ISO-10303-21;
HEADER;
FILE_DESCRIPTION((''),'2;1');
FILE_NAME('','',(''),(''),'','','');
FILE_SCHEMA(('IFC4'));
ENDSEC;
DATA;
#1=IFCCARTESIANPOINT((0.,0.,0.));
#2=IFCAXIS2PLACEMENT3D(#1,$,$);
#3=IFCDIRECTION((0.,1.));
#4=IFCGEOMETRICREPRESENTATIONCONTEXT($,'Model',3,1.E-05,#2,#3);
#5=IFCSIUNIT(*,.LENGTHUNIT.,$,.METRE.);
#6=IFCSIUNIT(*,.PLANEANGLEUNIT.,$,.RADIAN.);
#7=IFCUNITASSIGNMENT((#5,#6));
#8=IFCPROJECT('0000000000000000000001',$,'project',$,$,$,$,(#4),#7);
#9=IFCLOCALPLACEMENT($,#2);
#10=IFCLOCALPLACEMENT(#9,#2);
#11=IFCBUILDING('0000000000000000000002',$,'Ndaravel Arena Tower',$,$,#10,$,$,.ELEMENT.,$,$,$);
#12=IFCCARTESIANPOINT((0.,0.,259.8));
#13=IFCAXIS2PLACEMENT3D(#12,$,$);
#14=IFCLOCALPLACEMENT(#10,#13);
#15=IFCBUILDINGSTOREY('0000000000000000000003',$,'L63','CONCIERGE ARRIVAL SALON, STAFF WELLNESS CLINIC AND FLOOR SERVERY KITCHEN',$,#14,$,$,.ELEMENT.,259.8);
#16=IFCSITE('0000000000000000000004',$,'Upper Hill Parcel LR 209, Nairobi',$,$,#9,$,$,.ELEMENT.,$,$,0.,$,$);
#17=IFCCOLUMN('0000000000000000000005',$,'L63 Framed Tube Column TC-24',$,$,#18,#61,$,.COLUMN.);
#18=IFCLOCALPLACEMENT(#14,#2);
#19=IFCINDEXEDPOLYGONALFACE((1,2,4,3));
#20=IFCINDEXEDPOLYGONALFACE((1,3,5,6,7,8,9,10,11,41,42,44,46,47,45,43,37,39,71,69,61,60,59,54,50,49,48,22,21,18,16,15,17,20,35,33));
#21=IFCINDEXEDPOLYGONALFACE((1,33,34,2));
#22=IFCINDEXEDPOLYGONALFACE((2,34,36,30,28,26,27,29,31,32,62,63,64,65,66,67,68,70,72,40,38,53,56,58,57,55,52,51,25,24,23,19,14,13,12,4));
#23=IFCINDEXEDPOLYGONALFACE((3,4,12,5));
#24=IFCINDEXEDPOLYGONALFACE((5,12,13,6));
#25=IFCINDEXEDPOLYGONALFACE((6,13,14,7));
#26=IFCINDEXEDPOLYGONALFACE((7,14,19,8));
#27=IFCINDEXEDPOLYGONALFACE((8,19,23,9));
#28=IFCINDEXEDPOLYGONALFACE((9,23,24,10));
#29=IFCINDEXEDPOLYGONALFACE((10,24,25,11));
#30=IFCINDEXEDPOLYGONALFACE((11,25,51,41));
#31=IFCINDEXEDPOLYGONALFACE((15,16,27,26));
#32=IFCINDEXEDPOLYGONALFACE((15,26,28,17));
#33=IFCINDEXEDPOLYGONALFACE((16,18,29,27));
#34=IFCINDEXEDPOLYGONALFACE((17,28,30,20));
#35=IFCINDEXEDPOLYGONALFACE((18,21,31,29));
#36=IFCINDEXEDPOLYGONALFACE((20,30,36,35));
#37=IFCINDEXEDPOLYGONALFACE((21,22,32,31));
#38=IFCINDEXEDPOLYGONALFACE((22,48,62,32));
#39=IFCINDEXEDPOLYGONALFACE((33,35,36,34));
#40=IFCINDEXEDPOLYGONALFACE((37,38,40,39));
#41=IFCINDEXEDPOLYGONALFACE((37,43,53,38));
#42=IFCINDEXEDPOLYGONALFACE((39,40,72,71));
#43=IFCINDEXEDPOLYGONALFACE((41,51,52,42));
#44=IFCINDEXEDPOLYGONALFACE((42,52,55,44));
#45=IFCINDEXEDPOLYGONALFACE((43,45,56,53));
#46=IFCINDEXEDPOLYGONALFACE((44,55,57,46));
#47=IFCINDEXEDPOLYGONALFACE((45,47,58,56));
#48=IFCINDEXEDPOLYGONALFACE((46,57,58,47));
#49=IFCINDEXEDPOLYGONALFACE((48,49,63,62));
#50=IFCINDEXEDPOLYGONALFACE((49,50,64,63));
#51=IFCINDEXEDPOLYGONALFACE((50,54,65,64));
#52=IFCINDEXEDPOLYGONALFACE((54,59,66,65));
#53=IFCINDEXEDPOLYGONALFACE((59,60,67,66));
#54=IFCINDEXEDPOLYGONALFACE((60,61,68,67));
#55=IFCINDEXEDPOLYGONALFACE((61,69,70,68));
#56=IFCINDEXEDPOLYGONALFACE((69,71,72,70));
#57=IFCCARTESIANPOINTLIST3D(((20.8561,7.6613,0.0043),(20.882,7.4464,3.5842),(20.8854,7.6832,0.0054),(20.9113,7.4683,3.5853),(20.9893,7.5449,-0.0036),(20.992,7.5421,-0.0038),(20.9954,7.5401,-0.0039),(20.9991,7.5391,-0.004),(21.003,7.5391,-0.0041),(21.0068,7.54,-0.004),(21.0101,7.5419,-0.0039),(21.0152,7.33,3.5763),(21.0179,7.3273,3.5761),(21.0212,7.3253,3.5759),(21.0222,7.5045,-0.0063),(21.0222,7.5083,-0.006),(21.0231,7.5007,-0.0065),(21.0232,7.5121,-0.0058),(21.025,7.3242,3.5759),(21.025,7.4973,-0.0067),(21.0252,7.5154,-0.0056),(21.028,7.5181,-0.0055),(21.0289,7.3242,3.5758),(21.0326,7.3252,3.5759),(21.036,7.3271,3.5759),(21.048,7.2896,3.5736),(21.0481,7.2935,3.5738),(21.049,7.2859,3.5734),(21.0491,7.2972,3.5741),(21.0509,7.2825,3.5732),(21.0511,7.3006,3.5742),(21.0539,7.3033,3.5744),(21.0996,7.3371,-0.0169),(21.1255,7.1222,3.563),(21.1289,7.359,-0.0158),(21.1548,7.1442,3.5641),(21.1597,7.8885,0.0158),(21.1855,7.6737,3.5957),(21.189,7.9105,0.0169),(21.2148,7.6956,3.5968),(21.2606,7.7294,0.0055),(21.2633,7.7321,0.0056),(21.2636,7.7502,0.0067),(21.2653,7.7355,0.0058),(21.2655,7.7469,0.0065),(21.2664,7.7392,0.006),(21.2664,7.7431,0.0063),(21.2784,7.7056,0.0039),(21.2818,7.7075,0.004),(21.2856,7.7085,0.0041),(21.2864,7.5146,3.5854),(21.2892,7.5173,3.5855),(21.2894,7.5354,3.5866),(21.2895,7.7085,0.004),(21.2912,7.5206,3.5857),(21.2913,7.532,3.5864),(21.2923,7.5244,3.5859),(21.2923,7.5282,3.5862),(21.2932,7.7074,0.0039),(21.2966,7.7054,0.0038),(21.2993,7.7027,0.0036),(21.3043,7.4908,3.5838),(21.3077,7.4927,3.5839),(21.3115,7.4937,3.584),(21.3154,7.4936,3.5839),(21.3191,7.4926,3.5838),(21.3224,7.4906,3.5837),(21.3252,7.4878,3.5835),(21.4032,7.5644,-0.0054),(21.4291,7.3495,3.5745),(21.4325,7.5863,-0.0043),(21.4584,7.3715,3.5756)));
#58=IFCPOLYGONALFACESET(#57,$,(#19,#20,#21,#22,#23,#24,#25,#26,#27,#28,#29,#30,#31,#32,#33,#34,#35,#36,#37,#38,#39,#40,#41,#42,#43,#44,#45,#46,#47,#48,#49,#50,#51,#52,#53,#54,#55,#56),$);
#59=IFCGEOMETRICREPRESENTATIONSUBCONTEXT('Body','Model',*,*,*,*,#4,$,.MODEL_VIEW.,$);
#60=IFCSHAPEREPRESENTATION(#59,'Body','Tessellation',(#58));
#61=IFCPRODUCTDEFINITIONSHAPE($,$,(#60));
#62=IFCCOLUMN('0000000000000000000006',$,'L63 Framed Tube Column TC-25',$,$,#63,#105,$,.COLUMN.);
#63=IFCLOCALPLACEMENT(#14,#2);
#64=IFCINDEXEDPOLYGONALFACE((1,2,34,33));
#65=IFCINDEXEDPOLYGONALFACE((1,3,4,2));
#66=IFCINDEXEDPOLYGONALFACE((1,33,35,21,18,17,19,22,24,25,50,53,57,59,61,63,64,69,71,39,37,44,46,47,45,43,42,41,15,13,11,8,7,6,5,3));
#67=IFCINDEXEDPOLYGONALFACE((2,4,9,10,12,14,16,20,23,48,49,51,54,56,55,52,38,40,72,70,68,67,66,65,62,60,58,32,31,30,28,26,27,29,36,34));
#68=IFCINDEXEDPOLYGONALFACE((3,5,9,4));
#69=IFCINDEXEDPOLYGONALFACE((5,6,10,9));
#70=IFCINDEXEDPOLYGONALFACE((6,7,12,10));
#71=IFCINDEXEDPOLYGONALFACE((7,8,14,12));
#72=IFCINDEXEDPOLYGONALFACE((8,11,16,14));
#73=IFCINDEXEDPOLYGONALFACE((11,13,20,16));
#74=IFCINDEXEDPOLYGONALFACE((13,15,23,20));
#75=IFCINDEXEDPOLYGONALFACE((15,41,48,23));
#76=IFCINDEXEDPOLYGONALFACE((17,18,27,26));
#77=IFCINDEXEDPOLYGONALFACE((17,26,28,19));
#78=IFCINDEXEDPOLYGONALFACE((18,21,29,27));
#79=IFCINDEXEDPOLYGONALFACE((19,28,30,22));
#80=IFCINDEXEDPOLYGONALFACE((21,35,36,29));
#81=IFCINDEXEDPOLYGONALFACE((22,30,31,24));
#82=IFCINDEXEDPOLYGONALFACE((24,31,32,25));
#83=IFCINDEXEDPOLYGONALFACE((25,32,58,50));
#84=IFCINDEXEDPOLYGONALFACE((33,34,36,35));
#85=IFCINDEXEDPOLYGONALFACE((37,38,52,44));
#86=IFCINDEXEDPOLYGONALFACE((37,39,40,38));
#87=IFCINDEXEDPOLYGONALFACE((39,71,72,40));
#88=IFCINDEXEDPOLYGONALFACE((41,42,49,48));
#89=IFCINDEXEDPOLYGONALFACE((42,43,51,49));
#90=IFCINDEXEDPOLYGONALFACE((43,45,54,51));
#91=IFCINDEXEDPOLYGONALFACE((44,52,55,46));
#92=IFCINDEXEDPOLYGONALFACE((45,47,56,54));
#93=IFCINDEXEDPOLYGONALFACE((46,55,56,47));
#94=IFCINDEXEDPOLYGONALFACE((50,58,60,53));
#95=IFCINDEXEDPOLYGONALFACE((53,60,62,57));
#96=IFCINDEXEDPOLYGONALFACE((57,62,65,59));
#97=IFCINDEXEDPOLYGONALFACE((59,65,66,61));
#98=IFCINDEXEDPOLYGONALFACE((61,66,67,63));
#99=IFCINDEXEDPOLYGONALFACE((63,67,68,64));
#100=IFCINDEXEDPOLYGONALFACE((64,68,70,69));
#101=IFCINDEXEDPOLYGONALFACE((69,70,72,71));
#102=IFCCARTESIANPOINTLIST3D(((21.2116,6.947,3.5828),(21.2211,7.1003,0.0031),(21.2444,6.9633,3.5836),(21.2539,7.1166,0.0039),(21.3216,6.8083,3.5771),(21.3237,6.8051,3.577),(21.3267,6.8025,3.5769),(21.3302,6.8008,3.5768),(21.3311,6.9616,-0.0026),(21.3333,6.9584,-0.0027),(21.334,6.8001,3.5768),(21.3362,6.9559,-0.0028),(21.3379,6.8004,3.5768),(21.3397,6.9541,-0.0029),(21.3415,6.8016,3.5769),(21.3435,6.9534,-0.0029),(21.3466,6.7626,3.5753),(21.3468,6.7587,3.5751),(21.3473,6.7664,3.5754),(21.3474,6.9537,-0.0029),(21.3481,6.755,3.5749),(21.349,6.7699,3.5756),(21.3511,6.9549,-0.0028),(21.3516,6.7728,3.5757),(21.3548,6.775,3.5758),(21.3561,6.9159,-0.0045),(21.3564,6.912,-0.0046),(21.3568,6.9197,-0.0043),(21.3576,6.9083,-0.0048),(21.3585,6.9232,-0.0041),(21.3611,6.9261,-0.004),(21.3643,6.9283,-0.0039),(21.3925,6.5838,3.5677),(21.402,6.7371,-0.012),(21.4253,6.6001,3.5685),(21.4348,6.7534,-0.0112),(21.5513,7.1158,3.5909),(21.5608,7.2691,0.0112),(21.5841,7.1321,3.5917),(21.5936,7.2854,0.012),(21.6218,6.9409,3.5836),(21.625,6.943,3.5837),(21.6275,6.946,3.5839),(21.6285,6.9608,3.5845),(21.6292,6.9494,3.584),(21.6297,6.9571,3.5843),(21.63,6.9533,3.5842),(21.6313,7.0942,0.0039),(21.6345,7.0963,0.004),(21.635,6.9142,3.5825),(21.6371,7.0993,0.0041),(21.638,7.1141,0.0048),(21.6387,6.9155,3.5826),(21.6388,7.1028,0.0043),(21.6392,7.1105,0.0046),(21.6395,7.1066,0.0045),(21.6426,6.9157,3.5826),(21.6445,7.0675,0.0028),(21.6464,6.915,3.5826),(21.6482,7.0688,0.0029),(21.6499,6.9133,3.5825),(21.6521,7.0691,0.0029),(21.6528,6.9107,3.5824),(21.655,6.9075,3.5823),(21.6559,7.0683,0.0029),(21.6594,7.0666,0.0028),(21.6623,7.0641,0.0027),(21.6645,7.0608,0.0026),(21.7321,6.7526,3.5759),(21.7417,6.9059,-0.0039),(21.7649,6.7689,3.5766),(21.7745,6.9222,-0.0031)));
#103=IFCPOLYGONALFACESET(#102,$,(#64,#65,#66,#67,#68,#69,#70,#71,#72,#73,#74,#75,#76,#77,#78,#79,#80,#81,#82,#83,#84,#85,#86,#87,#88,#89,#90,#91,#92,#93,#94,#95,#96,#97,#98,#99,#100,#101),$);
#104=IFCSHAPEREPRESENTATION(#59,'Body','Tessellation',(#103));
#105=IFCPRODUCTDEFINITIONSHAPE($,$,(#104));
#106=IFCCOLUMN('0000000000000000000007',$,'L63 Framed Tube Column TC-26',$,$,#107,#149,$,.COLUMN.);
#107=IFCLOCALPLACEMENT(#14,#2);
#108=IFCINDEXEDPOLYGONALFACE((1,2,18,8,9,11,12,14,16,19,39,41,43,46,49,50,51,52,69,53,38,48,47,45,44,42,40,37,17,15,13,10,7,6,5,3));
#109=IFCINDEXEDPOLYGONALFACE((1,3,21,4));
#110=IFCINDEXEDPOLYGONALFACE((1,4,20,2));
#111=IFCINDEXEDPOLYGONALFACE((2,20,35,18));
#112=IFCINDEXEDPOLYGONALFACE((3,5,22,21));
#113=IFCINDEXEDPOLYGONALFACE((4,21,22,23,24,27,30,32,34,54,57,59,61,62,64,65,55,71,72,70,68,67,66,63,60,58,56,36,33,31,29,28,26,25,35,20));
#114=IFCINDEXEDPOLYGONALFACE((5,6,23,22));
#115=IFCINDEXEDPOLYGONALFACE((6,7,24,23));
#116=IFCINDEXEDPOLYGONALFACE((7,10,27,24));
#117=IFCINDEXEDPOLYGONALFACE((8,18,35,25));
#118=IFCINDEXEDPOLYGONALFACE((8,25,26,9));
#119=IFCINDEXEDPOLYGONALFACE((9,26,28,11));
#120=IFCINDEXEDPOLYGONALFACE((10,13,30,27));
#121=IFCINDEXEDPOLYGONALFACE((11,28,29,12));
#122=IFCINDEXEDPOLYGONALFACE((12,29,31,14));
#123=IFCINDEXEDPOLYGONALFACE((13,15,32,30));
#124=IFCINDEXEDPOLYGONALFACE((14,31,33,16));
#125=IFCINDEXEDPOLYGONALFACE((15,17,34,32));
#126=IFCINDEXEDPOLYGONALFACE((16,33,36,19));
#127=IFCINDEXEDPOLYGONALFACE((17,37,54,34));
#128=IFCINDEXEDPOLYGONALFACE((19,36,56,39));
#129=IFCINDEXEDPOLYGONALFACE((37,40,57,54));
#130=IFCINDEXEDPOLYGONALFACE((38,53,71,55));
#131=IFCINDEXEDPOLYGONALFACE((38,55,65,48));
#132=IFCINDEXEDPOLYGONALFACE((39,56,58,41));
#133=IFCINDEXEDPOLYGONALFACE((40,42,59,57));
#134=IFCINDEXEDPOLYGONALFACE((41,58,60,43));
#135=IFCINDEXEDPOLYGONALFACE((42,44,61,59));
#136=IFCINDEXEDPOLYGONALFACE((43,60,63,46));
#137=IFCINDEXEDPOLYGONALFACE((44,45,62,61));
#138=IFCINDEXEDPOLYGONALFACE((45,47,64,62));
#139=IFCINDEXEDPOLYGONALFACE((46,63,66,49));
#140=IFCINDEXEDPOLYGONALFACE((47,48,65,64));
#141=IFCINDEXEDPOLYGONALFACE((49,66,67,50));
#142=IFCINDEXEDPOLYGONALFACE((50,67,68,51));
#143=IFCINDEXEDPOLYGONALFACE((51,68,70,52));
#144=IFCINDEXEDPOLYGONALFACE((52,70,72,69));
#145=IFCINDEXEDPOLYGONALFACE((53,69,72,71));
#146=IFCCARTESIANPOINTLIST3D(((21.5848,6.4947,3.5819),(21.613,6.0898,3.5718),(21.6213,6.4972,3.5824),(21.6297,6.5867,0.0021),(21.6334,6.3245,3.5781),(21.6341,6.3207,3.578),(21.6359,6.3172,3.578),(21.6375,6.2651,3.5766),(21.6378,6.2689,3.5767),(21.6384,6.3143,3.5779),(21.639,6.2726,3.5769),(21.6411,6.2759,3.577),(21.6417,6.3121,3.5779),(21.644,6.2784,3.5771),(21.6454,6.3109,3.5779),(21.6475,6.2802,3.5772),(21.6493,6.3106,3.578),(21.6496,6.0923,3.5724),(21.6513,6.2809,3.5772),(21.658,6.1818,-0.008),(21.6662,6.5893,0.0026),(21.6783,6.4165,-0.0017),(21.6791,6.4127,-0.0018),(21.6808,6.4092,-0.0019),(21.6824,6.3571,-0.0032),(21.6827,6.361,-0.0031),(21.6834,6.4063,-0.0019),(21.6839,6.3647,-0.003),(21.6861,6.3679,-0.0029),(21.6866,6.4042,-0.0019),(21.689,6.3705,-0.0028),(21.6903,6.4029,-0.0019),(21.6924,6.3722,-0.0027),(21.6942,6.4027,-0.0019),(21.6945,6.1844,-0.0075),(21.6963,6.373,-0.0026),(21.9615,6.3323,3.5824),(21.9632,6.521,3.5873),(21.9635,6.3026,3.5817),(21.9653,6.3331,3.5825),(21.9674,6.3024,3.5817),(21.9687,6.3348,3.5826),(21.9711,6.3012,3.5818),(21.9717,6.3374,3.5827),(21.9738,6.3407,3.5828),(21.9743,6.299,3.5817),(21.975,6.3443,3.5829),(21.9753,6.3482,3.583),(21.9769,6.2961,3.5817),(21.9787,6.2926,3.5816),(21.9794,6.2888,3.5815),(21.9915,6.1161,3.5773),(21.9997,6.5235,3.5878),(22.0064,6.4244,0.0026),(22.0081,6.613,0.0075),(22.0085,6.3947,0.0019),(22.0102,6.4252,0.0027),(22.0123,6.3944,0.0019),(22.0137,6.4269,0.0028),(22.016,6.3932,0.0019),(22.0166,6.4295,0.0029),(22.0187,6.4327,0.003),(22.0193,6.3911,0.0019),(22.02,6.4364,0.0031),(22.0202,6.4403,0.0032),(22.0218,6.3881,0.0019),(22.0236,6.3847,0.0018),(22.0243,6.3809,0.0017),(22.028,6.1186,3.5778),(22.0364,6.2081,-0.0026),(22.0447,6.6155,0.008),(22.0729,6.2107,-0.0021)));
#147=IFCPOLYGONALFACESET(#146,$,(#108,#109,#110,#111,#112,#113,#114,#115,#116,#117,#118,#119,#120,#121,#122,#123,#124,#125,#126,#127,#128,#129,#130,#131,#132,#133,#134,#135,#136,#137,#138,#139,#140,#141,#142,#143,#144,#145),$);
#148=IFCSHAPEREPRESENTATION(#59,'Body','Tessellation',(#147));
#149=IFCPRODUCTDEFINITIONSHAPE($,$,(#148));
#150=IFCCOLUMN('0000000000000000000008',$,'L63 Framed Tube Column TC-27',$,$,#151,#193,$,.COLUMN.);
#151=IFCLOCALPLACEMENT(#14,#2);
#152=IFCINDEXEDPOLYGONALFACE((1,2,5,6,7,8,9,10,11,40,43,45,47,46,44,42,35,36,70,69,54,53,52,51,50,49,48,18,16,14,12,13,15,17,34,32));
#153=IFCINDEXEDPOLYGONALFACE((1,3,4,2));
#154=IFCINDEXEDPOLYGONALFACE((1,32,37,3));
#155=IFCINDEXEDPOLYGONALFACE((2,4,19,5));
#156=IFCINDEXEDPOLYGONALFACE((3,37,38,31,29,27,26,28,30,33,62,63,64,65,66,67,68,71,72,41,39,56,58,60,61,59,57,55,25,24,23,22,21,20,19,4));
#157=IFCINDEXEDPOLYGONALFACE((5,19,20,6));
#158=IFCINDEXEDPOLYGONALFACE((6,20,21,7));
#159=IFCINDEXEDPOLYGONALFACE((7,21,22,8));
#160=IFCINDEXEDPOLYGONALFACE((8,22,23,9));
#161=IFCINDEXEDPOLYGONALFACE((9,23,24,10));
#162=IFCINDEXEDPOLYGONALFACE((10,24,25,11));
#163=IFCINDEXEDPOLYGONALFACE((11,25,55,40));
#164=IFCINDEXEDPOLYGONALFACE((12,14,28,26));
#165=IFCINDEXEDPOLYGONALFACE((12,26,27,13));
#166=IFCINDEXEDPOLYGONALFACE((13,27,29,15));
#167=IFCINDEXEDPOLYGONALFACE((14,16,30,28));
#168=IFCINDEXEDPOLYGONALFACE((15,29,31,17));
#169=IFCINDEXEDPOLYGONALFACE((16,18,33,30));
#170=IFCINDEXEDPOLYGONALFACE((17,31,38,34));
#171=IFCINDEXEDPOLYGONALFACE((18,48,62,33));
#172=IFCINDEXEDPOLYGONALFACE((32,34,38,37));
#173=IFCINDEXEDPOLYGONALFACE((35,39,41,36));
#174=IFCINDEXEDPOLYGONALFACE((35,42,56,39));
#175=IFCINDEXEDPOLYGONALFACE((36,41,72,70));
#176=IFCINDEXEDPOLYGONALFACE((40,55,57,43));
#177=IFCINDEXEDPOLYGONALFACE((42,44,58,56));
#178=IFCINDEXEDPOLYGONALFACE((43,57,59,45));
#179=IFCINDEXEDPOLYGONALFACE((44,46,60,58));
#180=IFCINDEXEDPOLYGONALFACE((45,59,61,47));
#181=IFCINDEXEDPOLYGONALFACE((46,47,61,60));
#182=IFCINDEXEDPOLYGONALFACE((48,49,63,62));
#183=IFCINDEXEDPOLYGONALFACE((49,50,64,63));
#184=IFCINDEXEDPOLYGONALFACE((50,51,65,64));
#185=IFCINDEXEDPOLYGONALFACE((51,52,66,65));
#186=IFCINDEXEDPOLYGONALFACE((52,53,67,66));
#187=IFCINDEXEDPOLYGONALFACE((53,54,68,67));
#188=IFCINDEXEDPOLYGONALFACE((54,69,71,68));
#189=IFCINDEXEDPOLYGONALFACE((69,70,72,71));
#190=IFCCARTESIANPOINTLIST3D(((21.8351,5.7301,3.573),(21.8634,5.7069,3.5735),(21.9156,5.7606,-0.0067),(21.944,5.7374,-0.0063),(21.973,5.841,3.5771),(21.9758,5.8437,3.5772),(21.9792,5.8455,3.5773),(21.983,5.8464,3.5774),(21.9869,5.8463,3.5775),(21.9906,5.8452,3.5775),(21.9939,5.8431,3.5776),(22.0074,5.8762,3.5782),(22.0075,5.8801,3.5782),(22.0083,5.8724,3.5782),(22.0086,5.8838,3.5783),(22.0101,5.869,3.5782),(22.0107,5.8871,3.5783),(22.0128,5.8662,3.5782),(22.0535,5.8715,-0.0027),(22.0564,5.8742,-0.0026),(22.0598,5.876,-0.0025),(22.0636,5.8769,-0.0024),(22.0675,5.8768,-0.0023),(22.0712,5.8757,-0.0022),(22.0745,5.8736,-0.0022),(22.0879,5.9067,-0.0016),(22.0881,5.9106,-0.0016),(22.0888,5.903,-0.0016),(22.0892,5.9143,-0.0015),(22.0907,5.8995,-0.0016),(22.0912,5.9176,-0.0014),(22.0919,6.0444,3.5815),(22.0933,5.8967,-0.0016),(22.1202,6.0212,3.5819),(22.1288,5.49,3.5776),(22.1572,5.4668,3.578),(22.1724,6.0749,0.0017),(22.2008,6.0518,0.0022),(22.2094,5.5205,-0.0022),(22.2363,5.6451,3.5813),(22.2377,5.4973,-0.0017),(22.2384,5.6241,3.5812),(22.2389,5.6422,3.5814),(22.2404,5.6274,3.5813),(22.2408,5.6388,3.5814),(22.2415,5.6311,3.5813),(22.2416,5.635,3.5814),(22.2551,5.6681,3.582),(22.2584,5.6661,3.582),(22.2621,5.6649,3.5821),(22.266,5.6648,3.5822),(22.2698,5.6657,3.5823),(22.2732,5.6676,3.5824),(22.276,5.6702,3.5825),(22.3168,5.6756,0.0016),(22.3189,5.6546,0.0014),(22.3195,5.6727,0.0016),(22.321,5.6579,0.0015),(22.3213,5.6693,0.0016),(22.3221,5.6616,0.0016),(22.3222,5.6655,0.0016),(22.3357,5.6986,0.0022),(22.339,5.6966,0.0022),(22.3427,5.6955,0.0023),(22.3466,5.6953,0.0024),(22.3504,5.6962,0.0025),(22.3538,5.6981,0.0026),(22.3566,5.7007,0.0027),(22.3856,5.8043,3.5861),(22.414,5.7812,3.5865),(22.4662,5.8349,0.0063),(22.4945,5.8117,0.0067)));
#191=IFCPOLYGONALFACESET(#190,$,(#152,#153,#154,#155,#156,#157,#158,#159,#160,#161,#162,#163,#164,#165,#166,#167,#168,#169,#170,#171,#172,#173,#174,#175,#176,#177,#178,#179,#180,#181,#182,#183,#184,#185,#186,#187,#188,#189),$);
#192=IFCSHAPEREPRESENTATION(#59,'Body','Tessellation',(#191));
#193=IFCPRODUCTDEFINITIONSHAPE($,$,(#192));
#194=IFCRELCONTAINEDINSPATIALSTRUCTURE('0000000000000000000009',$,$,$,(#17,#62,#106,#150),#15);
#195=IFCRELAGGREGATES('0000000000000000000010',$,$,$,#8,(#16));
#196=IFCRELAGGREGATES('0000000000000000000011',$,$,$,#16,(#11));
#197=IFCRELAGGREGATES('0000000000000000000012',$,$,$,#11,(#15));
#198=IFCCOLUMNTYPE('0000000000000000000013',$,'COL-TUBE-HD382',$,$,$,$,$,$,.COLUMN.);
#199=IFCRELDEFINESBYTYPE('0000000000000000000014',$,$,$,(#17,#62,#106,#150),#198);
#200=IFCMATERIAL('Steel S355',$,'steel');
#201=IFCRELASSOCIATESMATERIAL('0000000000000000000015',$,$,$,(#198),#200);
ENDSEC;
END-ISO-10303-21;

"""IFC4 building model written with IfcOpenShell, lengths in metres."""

from ifc_helpers import new_model, si_unit, direction, frame, origin, origin_2d, place, context, subcontext, project, spatial, i_section, extrude, material, material_profile, profile_set, type_object, element, save


model = new_model("IFC4")

# Units and contexts
model_context = context("Model", 3, precision=1e-05, world=origin(), true_north=direction((0.0, 1.0)))
body_context = subcontext(model_context, "Body", "Model", "MODEL_VIEW")
ifc_project = project(units=[si_unit("LENGTHUNIT", "METRE"), si_unit("PLANEANGLEUNIT", "RADIAN")], contexts=[model_context])

# Site, building, storey
site_placement = place(None, origin())
site = spatial("IfcSite", under=ifc_project, at=site_placement, Name="Upper Hill Parcel LR 209, Nairobi", CompositionType="ELEMENT", RefElevation=0.0)
building_placement = place(site_placement, origin())
building = spatial("IfcBuilding", under=site, at=building_placement, Name="Ndaravel Arena Tower", CompositionType="ELEMENT")
storey_placement = place(building_placement, frame((0.0, 0.0, 259.8)))
storey = spatial("IfcBuildingStorey", under=building, at=storey_placement, Name="L63", Description="CONCIERGE ARRIVAL SALON, STAFF WELLNESS CLINIC AND FLOOR SERVERY KITCHEN", CompositionType="ELEMENT", Elevation=259.8)

# Columns
ifc_material_1 = material(Name="Steel S355", Category="steel")
ifc_material_profile_1 = material_profile(ifc_material_1, i_section(OverallWidth=0.406, OverallDepth=0.416, WebThickness=0.0298, FlangeThickness=0.0366, FilletRadius=0.0149, at=origin_2d()), Name="HD 400x382")
ifc_profile_set_1 = profile_set([ifc_material_profile_1], Name="Steel S355")
column_type = type_object("IfcColumnType", Name="COL-TUBE-HD382", PredefinedType="COLUMN", material=ifc_profile_set_1)
column_1_placement = place(storey_placement, frame((21.1443, 7.6238, 0.0), z_axis=(0.007216, -0.059906, 0.998178), x_axis=(-0.599791, 0.798449, 0.052255)))
element("IfcColumn", 1, at=column_1_placement, inside=storey, type_object=column_type, Name="L63 Framed Tube Column TC-24", PredefinedType="COLUMN", context=body_context, shape_type="SweptSolid", body=[
    extrude(i_section(OverallWidth=0.406, OverallDepth=0.416, WebThickness=0.0298, FlangeThickness=0.0366, FilletRadius=0.0149, at=origin_2d()), origin(), (0.0, 0.0, 1.0), 3.5864),
])
column_2_placement = place(storey_placement, frame((21.4978, 7.0112, 0.0), z_axis=(-0.002657, -0.04279, 0.999081), x_axis=(-0.44541, 0.894557, 0.037128)))
element("IfcColumn", 2, at=column_2_placement, inside=storey, type_object=column_type, Name="L63 Framed Tube Column TC-25", PredefinedType="COLUMN", context=body_context, shape_type="SweptSolid", body=[
    extrude(i_section(OverallWidth=0.406, OverallDepth=0.416, WebThickness=0.0298, FlangeThickness=0.0366, FilletRadius=0.0149, at=origin_2d()), origin(), (0.0, 0.0, 1.0), 3.583),
])
column_3_placement = place(storey_placement, frame((21.8513, 6.3987, 0.0), z_axis=(-0.012543, -0.0257, 0.999591), x_axis=(-0.069645, 0.997264, 0.024767)))
element("IfcColumn", 3, at=column_3_placement, inside=storey, type_object=column_type, Name="L63 Framed Tube Column TC-26", PredefinedType="COLUMN", context=body_context, shape_type="SweptSolid", body=[
    extrude(i_section(OverallWidth=0.406, OverallDepth=0.416, WebThickness=0.0298, FlangeThickness=0.0366, FilletRadius=0.0149, at=origin_2d()), origin(), (0.0, 0.0, 1.0), 3.5813),
])
column_4_placement = place(storey_placement, frame((22.2051, 5.7861, 0.0), z_axis=(-0.022499, -0.008522, 0.999711), x_axis=(0.632524, 0.774261, 0.020836)))
element("IfcColumn", 4, at=column_4_placement, inside=storey, type_object=column_type, Name="L63 Framed Tube Column TC-27", PredefinedType="COLUMN", context=body_context, shape_type="SweptSolid", body=[
    extrude(i_section(OverallWidth=0.406, OverallDepth=0.416, WebThickness=0.0298, FlangeThickness=0.0366, FilletRadius=0.0149, at=origin_2d()), origin(), (0.0, 0.0, 1.0), 3.5808),
])

save(model, "model.ifc")
